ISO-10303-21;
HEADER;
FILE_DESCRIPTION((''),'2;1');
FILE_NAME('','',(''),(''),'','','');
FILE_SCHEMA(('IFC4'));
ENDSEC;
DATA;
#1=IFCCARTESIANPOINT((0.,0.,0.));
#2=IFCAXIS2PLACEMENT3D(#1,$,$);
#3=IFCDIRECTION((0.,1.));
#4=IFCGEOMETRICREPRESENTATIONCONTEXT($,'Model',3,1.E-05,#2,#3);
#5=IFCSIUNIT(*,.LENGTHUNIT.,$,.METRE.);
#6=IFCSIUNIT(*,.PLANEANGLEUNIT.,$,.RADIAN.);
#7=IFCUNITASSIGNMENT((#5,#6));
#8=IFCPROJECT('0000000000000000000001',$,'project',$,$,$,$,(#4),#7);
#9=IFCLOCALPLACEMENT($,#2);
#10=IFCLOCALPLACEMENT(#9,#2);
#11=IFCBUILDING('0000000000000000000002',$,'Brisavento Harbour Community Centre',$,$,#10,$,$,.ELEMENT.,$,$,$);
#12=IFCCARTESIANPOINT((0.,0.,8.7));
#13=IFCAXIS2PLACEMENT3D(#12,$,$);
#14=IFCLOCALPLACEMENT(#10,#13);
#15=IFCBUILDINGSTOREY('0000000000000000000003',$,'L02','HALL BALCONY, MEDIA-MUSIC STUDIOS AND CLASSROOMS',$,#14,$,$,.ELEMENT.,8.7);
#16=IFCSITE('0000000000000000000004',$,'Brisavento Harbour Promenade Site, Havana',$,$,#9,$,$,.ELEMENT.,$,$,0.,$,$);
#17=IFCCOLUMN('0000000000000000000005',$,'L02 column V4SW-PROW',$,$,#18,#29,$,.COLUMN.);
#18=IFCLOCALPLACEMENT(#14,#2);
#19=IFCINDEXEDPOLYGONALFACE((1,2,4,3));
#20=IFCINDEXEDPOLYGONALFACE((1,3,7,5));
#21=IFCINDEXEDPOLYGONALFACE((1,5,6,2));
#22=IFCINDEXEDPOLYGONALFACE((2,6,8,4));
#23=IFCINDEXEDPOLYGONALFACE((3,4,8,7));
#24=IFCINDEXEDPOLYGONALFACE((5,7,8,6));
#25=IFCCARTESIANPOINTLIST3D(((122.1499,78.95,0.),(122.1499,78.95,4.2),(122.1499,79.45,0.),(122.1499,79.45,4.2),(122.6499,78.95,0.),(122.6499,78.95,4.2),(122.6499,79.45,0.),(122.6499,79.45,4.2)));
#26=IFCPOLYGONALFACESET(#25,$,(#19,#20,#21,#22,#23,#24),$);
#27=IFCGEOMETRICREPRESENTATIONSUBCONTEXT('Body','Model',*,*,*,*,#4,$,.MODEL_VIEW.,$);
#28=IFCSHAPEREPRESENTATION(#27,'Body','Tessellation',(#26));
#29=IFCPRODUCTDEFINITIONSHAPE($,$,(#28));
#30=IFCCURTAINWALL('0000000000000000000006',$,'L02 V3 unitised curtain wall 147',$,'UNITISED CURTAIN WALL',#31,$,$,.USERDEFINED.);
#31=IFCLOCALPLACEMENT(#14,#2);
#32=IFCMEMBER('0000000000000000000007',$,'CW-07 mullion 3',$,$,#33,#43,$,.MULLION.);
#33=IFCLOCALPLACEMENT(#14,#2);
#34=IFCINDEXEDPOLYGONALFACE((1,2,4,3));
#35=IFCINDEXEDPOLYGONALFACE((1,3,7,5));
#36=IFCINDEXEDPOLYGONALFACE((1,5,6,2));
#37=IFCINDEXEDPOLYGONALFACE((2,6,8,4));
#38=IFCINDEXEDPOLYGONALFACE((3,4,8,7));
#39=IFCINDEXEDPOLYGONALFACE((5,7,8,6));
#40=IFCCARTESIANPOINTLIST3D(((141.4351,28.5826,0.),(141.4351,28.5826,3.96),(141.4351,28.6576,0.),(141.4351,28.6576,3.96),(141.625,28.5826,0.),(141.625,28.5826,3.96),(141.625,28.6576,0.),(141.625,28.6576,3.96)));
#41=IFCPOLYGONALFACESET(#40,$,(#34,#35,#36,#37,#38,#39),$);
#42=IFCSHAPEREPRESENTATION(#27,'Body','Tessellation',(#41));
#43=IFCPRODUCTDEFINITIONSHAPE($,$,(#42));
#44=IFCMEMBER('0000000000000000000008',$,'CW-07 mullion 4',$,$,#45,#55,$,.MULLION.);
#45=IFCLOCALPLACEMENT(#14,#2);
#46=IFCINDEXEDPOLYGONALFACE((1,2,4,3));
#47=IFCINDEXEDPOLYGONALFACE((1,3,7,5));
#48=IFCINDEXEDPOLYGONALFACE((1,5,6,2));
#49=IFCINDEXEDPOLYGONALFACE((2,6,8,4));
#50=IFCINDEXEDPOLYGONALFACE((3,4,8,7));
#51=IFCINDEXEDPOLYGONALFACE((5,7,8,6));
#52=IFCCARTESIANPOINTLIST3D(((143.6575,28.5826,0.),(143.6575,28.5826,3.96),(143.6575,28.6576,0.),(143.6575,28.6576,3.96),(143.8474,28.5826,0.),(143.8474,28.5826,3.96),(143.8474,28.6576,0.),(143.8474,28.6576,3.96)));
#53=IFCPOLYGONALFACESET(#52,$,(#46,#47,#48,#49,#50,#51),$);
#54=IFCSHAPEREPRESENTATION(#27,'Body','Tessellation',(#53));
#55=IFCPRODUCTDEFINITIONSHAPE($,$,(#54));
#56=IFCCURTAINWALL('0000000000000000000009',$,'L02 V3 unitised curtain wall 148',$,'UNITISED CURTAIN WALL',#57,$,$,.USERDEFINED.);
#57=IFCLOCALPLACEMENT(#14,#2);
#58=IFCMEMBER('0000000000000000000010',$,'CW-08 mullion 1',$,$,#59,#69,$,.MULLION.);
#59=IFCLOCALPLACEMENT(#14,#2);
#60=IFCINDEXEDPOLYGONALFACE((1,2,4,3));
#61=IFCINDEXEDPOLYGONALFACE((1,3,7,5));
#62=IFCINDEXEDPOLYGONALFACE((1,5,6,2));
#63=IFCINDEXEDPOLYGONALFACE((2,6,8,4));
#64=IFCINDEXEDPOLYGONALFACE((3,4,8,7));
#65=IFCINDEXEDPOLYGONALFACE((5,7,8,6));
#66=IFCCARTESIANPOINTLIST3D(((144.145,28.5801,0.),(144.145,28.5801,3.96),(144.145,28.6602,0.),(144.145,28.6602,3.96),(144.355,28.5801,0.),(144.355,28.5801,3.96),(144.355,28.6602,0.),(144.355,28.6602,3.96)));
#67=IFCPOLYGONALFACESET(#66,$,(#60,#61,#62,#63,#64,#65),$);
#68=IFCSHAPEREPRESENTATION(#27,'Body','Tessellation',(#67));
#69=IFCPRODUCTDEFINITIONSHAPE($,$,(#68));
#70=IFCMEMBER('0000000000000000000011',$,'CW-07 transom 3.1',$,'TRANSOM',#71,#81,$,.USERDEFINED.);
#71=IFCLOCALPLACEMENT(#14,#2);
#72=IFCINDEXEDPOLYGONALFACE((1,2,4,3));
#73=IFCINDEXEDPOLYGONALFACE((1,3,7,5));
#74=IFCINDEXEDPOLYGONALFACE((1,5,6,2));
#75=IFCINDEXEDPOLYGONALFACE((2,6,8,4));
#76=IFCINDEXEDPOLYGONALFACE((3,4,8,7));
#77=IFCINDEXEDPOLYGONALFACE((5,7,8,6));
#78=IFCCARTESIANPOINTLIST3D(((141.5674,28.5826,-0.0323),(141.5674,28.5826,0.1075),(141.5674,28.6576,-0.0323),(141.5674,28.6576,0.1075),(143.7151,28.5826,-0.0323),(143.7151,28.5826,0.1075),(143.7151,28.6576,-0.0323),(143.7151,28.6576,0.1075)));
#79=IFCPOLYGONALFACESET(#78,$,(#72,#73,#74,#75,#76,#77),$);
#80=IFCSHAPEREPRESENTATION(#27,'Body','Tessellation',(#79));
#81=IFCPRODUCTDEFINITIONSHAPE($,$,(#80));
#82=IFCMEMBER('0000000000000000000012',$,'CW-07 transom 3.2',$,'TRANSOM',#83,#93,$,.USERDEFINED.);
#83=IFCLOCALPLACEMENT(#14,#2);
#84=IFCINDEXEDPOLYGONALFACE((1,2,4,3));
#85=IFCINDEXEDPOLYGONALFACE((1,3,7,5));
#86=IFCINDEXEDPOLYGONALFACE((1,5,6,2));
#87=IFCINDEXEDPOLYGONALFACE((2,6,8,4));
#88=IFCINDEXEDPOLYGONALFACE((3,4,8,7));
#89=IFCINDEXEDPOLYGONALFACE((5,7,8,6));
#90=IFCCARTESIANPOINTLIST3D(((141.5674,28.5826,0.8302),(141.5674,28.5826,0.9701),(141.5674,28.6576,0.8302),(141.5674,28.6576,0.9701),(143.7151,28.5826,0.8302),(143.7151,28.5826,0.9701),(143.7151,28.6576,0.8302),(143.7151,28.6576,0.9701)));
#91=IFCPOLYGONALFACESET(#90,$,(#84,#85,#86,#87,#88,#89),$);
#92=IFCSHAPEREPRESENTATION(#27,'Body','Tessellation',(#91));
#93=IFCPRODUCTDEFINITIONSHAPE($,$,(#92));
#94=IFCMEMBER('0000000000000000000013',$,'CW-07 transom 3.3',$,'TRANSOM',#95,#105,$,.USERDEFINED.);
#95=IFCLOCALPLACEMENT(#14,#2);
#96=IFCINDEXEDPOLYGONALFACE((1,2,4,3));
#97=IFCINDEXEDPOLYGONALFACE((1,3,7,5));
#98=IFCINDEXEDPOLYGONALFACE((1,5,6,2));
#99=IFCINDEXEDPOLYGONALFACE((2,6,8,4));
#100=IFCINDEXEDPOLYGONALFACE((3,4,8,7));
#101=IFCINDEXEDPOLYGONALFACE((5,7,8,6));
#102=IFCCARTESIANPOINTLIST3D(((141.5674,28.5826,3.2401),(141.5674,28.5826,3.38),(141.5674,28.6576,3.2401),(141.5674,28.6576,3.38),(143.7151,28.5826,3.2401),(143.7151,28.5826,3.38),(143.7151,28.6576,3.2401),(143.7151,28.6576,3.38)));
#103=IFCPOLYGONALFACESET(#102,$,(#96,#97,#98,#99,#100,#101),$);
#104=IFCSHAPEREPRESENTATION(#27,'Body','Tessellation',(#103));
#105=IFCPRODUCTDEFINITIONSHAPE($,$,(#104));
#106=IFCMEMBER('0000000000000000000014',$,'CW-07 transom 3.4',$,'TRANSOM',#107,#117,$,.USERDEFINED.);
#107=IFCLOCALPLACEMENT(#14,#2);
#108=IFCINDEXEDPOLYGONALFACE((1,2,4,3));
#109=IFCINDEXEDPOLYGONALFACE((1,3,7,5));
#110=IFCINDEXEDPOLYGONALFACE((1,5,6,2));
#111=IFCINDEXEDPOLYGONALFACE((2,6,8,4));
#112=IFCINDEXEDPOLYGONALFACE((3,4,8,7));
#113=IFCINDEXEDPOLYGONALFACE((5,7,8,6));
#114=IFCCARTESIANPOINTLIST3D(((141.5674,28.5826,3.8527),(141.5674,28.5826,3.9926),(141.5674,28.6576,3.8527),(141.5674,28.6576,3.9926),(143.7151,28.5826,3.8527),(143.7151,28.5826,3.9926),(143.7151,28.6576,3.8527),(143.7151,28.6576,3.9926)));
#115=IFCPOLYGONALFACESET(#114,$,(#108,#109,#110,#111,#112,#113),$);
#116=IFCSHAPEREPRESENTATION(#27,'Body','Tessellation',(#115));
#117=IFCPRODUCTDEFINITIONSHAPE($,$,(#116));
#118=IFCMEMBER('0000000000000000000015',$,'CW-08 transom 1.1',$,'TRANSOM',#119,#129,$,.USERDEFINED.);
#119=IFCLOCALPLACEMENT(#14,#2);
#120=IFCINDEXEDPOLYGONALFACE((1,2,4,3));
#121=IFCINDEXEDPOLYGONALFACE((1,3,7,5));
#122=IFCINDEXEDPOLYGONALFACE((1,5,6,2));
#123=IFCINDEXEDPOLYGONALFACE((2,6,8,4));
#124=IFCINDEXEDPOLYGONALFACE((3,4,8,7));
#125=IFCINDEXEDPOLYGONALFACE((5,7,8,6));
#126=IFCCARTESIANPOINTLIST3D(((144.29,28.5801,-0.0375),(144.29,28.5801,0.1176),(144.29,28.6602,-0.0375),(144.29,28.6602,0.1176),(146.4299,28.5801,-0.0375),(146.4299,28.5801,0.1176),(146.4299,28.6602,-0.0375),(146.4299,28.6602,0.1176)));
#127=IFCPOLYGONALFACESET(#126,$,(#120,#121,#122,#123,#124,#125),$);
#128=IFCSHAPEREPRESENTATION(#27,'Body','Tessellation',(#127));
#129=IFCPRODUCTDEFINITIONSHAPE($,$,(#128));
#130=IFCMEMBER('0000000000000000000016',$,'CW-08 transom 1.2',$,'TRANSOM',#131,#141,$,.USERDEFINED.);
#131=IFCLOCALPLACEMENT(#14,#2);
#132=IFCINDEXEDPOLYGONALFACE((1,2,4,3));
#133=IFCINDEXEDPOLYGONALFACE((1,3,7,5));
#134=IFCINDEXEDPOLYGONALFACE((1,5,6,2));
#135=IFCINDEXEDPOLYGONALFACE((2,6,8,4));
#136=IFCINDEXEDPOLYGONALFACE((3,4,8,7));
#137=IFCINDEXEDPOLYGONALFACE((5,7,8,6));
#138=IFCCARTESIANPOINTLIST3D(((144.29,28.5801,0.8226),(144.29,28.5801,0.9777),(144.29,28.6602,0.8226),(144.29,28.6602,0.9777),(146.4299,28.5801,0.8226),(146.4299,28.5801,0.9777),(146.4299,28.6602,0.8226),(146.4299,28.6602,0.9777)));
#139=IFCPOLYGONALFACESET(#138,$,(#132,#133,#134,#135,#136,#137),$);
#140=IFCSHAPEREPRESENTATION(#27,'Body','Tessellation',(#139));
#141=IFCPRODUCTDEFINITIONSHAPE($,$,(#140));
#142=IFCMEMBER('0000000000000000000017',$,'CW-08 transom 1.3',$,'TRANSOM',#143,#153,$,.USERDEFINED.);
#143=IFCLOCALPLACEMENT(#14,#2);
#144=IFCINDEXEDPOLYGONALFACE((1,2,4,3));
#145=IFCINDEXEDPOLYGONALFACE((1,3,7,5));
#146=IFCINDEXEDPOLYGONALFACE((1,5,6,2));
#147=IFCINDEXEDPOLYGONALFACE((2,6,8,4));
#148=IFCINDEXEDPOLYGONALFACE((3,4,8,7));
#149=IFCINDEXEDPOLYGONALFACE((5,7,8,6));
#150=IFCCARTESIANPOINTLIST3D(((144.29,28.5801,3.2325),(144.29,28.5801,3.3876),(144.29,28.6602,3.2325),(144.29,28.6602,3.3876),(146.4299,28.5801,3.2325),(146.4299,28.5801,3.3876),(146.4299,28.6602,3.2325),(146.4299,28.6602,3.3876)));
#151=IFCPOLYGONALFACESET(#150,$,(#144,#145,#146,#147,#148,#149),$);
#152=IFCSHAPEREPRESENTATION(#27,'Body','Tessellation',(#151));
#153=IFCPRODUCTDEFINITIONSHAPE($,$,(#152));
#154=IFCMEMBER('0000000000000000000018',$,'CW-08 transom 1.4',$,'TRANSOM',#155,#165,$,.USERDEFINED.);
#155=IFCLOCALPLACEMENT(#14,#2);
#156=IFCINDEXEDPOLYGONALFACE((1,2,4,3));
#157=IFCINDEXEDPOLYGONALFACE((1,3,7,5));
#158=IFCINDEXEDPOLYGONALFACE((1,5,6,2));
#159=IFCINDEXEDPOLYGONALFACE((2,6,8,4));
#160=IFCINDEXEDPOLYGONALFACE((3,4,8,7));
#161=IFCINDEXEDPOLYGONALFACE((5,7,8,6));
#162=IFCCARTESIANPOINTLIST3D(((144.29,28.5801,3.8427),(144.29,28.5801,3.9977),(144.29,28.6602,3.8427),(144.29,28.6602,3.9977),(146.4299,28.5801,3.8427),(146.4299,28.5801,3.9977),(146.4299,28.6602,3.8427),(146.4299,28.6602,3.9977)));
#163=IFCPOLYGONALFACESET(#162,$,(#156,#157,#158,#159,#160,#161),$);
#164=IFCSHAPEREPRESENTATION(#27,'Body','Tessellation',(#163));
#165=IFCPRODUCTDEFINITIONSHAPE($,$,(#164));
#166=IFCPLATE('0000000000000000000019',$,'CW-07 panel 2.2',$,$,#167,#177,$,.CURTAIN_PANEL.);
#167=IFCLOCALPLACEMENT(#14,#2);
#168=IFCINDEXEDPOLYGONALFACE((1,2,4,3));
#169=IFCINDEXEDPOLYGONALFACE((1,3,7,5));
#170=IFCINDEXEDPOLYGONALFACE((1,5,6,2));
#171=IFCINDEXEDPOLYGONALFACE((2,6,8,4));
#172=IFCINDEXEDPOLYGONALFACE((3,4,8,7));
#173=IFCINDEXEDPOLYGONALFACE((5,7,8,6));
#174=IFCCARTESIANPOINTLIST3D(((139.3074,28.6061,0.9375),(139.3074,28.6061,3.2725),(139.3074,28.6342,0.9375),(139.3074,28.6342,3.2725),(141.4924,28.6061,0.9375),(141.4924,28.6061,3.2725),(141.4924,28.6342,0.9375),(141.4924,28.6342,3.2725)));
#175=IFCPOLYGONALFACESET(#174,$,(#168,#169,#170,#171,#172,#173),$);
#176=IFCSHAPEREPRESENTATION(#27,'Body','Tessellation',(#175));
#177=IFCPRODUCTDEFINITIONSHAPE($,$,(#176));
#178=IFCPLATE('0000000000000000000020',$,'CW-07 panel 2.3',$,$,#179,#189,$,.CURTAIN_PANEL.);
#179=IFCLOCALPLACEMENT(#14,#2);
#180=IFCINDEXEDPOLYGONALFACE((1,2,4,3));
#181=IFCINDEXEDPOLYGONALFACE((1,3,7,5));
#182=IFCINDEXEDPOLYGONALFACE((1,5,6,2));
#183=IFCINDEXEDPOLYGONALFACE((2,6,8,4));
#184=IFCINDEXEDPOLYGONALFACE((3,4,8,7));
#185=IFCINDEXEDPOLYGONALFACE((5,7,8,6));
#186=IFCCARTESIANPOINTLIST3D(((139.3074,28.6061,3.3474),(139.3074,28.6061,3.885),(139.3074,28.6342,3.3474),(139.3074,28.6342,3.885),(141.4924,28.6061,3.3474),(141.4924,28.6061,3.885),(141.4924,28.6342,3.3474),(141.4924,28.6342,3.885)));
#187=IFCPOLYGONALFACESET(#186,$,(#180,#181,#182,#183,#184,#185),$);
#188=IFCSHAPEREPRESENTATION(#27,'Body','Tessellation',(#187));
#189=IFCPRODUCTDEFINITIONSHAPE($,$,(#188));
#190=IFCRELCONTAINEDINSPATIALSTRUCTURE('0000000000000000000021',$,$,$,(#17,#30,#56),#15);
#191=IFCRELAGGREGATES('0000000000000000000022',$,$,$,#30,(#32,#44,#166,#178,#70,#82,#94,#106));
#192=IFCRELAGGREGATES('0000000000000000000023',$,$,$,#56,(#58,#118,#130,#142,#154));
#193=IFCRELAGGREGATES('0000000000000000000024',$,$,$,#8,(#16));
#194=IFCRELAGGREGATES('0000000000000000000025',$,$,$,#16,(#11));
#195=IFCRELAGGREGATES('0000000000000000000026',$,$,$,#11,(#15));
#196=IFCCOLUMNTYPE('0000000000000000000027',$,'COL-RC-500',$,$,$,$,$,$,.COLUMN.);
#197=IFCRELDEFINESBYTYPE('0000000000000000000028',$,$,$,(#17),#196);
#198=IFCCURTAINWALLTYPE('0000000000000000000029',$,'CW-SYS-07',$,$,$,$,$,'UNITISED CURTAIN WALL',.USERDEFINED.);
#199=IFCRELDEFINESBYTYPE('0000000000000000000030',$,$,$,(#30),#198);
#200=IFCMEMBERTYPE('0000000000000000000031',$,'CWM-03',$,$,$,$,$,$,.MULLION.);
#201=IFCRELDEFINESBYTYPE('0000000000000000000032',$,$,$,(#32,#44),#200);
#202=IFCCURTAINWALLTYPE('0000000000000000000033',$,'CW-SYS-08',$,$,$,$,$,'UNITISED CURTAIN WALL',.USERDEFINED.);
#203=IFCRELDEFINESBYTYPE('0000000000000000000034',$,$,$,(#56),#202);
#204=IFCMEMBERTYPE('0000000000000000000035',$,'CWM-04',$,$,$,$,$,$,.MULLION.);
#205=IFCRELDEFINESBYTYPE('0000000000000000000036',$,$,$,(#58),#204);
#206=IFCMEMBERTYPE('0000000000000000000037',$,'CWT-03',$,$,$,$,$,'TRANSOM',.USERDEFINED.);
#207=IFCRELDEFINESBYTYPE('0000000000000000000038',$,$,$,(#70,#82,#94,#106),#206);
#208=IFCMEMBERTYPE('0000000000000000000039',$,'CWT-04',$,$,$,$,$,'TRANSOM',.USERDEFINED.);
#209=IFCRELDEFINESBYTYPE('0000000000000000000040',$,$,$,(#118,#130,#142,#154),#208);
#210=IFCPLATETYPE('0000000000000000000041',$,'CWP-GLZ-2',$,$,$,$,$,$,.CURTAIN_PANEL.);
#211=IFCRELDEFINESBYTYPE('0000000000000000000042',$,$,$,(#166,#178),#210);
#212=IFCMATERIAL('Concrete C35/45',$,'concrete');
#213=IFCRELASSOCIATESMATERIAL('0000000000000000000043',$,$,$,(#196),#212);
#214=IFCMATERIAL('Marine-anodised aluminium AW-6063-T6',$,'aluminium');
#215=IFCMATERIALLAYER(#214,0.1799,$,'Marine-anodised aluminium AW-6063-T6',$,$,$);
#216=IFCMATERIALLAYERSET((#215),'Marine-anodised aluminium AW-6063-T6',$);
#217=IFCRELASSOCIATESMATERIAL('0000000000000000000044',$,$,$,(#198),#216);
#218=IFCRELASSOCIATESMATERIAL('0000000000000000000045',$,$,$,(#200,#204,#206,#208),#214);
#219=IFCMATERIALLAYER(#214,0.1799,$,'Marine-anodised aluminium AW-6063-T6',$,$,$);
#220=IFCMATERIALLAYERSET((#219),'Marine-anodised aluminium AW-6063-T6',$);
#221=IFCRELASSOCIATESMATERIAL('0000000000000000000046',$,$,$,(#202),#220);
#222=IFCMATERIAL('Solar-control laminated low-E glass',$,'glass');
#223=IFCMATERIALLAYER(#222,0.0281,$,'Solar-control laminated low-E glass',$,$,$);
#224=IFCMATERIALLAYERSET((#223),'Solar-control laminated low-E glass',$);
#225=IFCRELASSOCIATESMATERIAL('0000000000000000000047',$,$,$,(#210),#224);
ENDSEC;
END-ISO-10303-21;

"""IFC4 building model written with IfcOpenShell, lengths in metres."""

from ifc_helpers import new_model, si_unit, direction, frame, origin, origin_2d, place, context, subcontext, project, spatial, rectangle, extrude, material, layer, layer_set, material_profile, profile_set, type_object, element, aggregate, save


model = new_model("IFC4")

# Units and contexts
model_context = context("Model", 3, precision=1e-05, world=origin(), true_north=direction((0.0, 1.0)))
body_context = subcontext(model_context, "Body", "Model", "MODEL_VIEW")
ifc_project = project(units=[si_unit("LENGTHUNIT", "METRE"), si_unit("PLANEANGLEUNIT", "RADIAN")], contexts=[model_context])

# Site, building, storey
site_placement = place(None, origin())
site = spatial("IfcSite", under=ifc_project, at=site_placement, Name="Brisavento Harbour Promenade Site, Havana", CompositionType="ELEMENT", RefElevation=0.0)
building_placement = place(site_placement, origin())
building = spatial("IfcBuilding", under=site, at=building_placement, Name="Brisavento Harbour Community Centre", CompositionType="ELEMENT")
storey_placement = place(building_placement, frame((0.0, 0.0, 8.7)))
storey = spatial("IfcBuildingStorey", under=building, at=storey_placement, Name="L02", Description="HALL BALCONY, MEDIA-MUSIC STUDIOS AND CLASSROOMS", CompositionType="ELEMENT", Elevation=8.7)

# Column
ifc_material_1 = material(Name="Concrete C35/45", Category="concrete")
ifc_material_profile_1 = material_profile(ifc_material_1, rectangle(XDim=0.5, YDim=0.5, at=origin_2d()), Name="Concrete C35/45")
ifc_profile_set_1 = profile_set([ifc_material_profile_1], Name="Concrete C35/45")
column_type = type_object("IfcColumnType", Name="COL-RC-500", PredefinedType="COLUMN", material=ifc_profile_set_1)
column_placement = place(storey_placement, frame((122.3999, 79.2, 0.0), z_axis=(0.0, 0.0, 1.0), x_axis=(1.0, 0.0, 0.0)))
element("IfcColumn", 1, at=column_placement, inside=storey, type_object=column_type, Name="L02 column V4SW-PROW", PredefinedType="COLUMN", context=body_context, shape_type="SweptSolid", body=[
    extrude(rectangle(XDim=0.5, YDim=0.5, at=origin_2d()), origin(), (0.0, 0.0, 1.0), 4.2),
])

# Curtain wall, members
ifc_material_2 = material(Name="Marine-anodised aluminium AW-6063-T6", Category="aluminium")
ifc_layer_1 = layer(ifc_material_2, 0.1799, Name="Marine-anodised aluminium AW-6063-T6")
ifc_layer_set_1 = layer_set([ifc_layer_1], Name="Marine-anodised aluminium AW-6063-T6")
curtain_wall_type_1 = type_object("IfcCurtainWallType", Name="CW-SYS-07", ElementType="UNITISED CURTAIN WALL", PredefinedType="USERDEFINED", material=ifc_layer_set_1)
curtain_wall_1_placement = place(storey_placement, origin())
curtain_wall_1 = element("IfcCurtainWall", 2, at=curtain_wall_1_placement, inside=storey, type_object=curtain_wall_type_1, Name="L02 V3 unitised curtain wall 147", ObjectType="UNITISED CURTAIN WALL", PredefinedType="USERDEFINED")
ifc_material_profile_2 = material_profile(ifc_material_2, rectangle(XDim=0.075, YDim=0.1899, at=origin_2d()), Name="Marine-anodised aluminium AW-6063-T6")
ifc_profile_set_2 = profile_set([ifc_material_profile_2], Name="Marine-anodised aluminium AW-6063-T6")
member_type_1 = type_object("IfcMemberType", Name="CWM-03", PredefinedType="MULLION", material=ifc_profile_set_2)
member_1_placement = place(storey_placement, frame((141.53, 28.6201, 0.0), z_axis=(0.0, 0.0, 1.0), x_axis=(0.0, 1.0, 0.0)))
member_1 = element("IfcMember", 3, at=member_1_placement, type_object=member_type_1, Name="CW-07 mullion 3", PredefinedType="MULLION", context=body_context, shape_type="SweptSolid", body=[
    extrude(rectangle(XDim=0.075, YDim=0.1899, at=origin_2d()), origin(), (0.0, 0.0, 1.0), 3.96),
])
member_2_placement = place(storey_placement, frame((143.7524, 28.6201, 0.0), z_axis=(0.0, 0.0, 1.0), x_axis=(0.0, 1.0, 0.0)))
member_2 = element("IfcMember", 4, at=member_2_placement, type_object=member_type_1, Name="CW-07 mullion 4", PredefinedType="MULLION", context=body_context, shape_type="SweptSolid", body=[
    extrude(rectangle(XDim=0.075, YDim=0.1899, at=origin_2d()), origin(), (0.0, 0.0, 1.0), 3.96),
])

# Curtain wall, member
ifc_layer_2 = layer(ifc_material_2, 0.1799, Name="Marine-anodised aluminium AW-6063-T6")
ifc_layer_set_2 = layer_set([ifc_layer_2], Name="Marine-anodised aluminium AW-6063-T6")
curtain_wall_type_2 = type_object("IfcCurtainWallType", Name="CW-SYS-08", ElementType="UNITISED CURTAIN WALL", PredefinedType="USERDEFINED", material=ifc_layer_set_2)
curtain_wall_2_placement = place(storey_placement, origin())
curtain_wall_2 = element("IfcCurtainWall", 5, at=curtain_wall_2_placement, inside=storey, type_object=curtain_wall_type_2, Name="L02 V3 unitised curtain wall 148", ObjectType="UNITISED CURTAIN WALL", PredefinedType="USERDEFINED")
ifc_material_profile_3 = material_profile(ifc_material_2, rectangle(XDim=0.0801, YDim=0.21, at=origin_2d()), Name="Marine-anodised aluminium AW-6063-T6")
ifc_profile_set_3 = profile_set([ifc_material_profile_3], Name="Marine-anodised aluminium AW-6063-T6")
member_type_2 = type_object("IfcMemberType", Name="CWM-04", PredefinedType="MULLION", material=ifc_profile_set_3)
member_3_placement = place(storey_placement, frame((144.25, 28.6201, 0.0), z_axis=(0.0, 0.0, 1.0), x_axis=(0.0, 1.0, 0.0)))
member_3 = element("IfcMember", 6, at=member_3_placement, type_object=member_type_2, Name="CW-08 mullion 1", PredefinedType="MULLION", context=body_context, shape_type="SweptSolid", body=[
    extrude(rectangle(XDim=0.0801, YDim=0.21, at=origin_2d()), origin(), (0.0, 0.0, 1.0), 3.96),
])

# Members
ifc_material_profile_4 = material_profile(ifc_material_2, rectangle(XDim=0.075, YDim=0.1399, at=origin_2d()), Name="Marine-anodised aluminium AW-6063-T6")
ifc_profile_set_4 = profile_set([ifc_material_profile_4], Name="Marine-anodised aluminium AW-6063-T6")
member_type_3 = type_object("IfcMemberType", Name="CWT-03", ElementType="TRANSOM", PredefinedType="USERDEFINED", material=ifc_profile_set_4)
member_4_placement = place(storey_placement, frame((141.5674, 28.6201, 0.0376), z_axis=(1.0, 0.0, 0.0), x_axis=(0.0, 1.0, 0.0)))
member_4 = element("IfcMember", 7, at=member_4_placement, type_object=member_type_3, Name="CW-07 transom 3.1", ObjectType="TRANSOM", PredefinedType="USERDEFINED", context=body_context, shape_type="SweptSolid", body=[
    extrude(rectangle(XDim=0.075, YDim=0.1399, at=origin_2d()), origin(), (0.0, 0.0, 1.0), 2.1477),
])
member_5_placement = place(storey_placement, frame((141.5674, 28.6201, 0.9001), z_axis=(1.0, 0.0, 0.0), x_axis=(0.0, 1.0, 0.0)))
member_5 = element("IfcMember", 8, at=member_5_placement, type_object=member_type_3, Name="CW-07 transom 3.2", ObjectType="TRANSOM", PredefinedType="USERDEFINED", context=body_context, shape_type="SweptSolid", body=[
    extrude(rectangle(XDim=0.075, YDim=0.1399, at=origin_2d()), origin(), (0.0, 0.0, 1.0), 2.1477),
])
member_6_placement = place(storey_placement, frame((141.5674, 28.6201, 3.3101), z_axis=(1.0, 0.0, 0.0), x_axis=(0.0, 1.0, 0.0)))
member_6 = element("IfcMember", 9, at=member_6_placement, type_object=member_type_3, Name="CW-07 transom 3.3", ObjectType="TRANSOM", PredefinedType="USERDEFINED", context=body_context, shape_type="SweptSolid", body=[
    extrude(rectangle(XDim=0.075, YDim=0.1399, at=origin_2d()), origin(), (0.0, 0.0, 1.0), 2.1477),
])
member_7_placement = place(storey_placement, frame((141.5674, 28.6201, 3.9226), z_axis=(1.0, 0.0, 0.0), x_axis=(0.0, 1.0, 0.0)))
member_7 = element("IfcMember", 10, at=member_7_placement, type_object=member_type_3, Name="CW-07 transom 3.4", ObjectType="TRANSOM", PredefinedType="USERDEFINED", context=body_context, shape_type="SweptSolid", body=[
    extrude(rectangle(XDim=0.075, YDim=0.1399, at=origin_2d()), origin(), (0.0, 0.0, 1.0), 2.1477),
])
ifc_material_profile_5 = material_profile(ifc_material_2, rectangle(XDim=0.0801, YDim=0.155, at=origin_2d()), Name="Marine-anodised aluminium AW-6063-T6")
ifc_profile_set_5 = profile_set([ifc_material_profile_5], Name="Marine-anodised aluminium AW-6063-T6")
member_type_4 = type_object("IfcMemberType", Name="CWT-04", ElementType="TRANSOM", PredefinedType="USERDEFINED", material=ifc_profile_set_5)
member_8_placement = place(storey_placement, frame((144.29, 28.6201, 0.04), z_axis=(1.0, 0.0, 0.0), x_axis=(0.0, 1.0, 0.0)))
member_8 = element("IfcMember", 11, at=member_8_placement, type_object=member_type_4, Name="CW-08 transom 1.1", ObjectType="TRANSOM", PredefinedType="USERDEFINED", context=body_context, shape_type="SweptSolid", body=[
    extrude(rectangle(XDim=0.0801, YDim=0.155, at=origin_2d()), origin(), (0.0, 0.0, 1.0), 2.1399),
])
member_9_placement = place(storey_placement, frame((144.29, 28.6201, 0.9001), z_axis=(1.0, 0.0, 0.0), x_axis=(0.0, 1.0, 0.0)))
member_9 = element("IfcMember", 12, at=member_9_placement, type_object=member_type_4, Name="CW-08 transom 1.2", ObjectType="TRANSOM", PredefinedType="USERDEFINED", context=body_context, shape_type="SweptSolid", body=[
    extrude(rectangle(XDim=0.0801, YDim=0.155, at=origin_2d()), origin(), (0.0, 0.0, 1.0), 2.1399),
])
member_10_placement = place(storey_placement, frame((144.29, 28.6201, 3.3101), z_axis=(1.0, 0.0, 0.0), x_axis=(0.0, 1.0, 0.0)))
member_10 = element("IfcMember", 13, at=member_10_placement, type_object=member_type_4, Name="CW-08 transom 1.3", ObjectType="TRANSOM", PredefinedType="USERDEFINED", context=body_context, shape_type="SweptSolid", body=[
    extrude(rectangle(XDim=0.0801, YDim=0.155, at=origin_2d()), origin(), (0.0, 0.0, 1.0), 2.1399),
])
member_11_placement = place(storey_placement, frame((144.29, 28.6201, 3.9202), z_axis=(1.0, 0.0, 0.0), x_axis=(0.0, 1.0, 0.0)))
member_11 = element("IfcMember", 14, at=member_11_placement, type_object=member_type_4, Name="CW-08 transom 1.4", ObjectType="TRANSOM", PredefinedType="USERDEFINED", context=body_context, shape_type="SweptSolid", body=[
    extrude(rectangle(XDim=0.0801, YDim=0.155, at=origin_2d()), origin(), (0.0, 0.0, 1.0), 2.1399),
])

# Plates
ifc_material_3 = material(Name="Solar-control laminated low-E glass", Category="glass")
ifc_layer_3 = layer(ifc_material_3, 0.0281, Name="Solar-control laminated low-E glass")
ifc_layer_set_3 = layer_set([ifc_layer_3], Name="Solar-control laminated low-E glass")
plate_type_1 = type_object("IfcPlateType", Name="CWP-GLZ-2", PredefinedType="CURTAIN_PANEL", material=ifc_layer_set_3)
plate_1_placement = place(storey_placement, frame((140.3999, 28.6201, 0.9375), z_axis=(0.0, 0.0, 1.0), x_axis=(1.0, 0.0, 0.0)))
plate_1 = element("IfcPlate", 15, at=plate_1_placement, type_object=plate_type_1, Name="CW-07 panel 2.2", PredefinedType="CURTAIN_PANEL", context=body_context, shape_type="SweptSolid", body=[
    extrude(rectangle(XDim=2.1851, YDim=0.0281, at=origin_2d()), origin(), (0.0, 0.0, 1.0), 2.335),
])
plate_2_placement = place(storey_placement, frame((140.3999, 28.6201, 3.3474), z_axis=(0.0, 0.0, 1.0), x_axis=(1.0, 0.0, 0.0)))
plate_2 = element("IfcPlate", 16, at=plate_2_placement, type_object=plate_type_1, Name="CW-07 panel 2.3", PredefinedType="CURTAIN_PANEL", context=body_context, shape_type="SweptSolid", body=[
    extrude(rectangle(XDim=2.1851, YDim=0.0281, at=origin_2d()), origin(), (0.0, 0.0, 1.0), 0.5376),
])
aggregate(curtain_wall_1, [member_1, member_2, plate_1, plate_2, member_4, member_5, member_6, member_7])
aggregate(curtain_wall_2, [member_3, member_8, member_9, member_10, member_11])

save(model, "model.ifc")
